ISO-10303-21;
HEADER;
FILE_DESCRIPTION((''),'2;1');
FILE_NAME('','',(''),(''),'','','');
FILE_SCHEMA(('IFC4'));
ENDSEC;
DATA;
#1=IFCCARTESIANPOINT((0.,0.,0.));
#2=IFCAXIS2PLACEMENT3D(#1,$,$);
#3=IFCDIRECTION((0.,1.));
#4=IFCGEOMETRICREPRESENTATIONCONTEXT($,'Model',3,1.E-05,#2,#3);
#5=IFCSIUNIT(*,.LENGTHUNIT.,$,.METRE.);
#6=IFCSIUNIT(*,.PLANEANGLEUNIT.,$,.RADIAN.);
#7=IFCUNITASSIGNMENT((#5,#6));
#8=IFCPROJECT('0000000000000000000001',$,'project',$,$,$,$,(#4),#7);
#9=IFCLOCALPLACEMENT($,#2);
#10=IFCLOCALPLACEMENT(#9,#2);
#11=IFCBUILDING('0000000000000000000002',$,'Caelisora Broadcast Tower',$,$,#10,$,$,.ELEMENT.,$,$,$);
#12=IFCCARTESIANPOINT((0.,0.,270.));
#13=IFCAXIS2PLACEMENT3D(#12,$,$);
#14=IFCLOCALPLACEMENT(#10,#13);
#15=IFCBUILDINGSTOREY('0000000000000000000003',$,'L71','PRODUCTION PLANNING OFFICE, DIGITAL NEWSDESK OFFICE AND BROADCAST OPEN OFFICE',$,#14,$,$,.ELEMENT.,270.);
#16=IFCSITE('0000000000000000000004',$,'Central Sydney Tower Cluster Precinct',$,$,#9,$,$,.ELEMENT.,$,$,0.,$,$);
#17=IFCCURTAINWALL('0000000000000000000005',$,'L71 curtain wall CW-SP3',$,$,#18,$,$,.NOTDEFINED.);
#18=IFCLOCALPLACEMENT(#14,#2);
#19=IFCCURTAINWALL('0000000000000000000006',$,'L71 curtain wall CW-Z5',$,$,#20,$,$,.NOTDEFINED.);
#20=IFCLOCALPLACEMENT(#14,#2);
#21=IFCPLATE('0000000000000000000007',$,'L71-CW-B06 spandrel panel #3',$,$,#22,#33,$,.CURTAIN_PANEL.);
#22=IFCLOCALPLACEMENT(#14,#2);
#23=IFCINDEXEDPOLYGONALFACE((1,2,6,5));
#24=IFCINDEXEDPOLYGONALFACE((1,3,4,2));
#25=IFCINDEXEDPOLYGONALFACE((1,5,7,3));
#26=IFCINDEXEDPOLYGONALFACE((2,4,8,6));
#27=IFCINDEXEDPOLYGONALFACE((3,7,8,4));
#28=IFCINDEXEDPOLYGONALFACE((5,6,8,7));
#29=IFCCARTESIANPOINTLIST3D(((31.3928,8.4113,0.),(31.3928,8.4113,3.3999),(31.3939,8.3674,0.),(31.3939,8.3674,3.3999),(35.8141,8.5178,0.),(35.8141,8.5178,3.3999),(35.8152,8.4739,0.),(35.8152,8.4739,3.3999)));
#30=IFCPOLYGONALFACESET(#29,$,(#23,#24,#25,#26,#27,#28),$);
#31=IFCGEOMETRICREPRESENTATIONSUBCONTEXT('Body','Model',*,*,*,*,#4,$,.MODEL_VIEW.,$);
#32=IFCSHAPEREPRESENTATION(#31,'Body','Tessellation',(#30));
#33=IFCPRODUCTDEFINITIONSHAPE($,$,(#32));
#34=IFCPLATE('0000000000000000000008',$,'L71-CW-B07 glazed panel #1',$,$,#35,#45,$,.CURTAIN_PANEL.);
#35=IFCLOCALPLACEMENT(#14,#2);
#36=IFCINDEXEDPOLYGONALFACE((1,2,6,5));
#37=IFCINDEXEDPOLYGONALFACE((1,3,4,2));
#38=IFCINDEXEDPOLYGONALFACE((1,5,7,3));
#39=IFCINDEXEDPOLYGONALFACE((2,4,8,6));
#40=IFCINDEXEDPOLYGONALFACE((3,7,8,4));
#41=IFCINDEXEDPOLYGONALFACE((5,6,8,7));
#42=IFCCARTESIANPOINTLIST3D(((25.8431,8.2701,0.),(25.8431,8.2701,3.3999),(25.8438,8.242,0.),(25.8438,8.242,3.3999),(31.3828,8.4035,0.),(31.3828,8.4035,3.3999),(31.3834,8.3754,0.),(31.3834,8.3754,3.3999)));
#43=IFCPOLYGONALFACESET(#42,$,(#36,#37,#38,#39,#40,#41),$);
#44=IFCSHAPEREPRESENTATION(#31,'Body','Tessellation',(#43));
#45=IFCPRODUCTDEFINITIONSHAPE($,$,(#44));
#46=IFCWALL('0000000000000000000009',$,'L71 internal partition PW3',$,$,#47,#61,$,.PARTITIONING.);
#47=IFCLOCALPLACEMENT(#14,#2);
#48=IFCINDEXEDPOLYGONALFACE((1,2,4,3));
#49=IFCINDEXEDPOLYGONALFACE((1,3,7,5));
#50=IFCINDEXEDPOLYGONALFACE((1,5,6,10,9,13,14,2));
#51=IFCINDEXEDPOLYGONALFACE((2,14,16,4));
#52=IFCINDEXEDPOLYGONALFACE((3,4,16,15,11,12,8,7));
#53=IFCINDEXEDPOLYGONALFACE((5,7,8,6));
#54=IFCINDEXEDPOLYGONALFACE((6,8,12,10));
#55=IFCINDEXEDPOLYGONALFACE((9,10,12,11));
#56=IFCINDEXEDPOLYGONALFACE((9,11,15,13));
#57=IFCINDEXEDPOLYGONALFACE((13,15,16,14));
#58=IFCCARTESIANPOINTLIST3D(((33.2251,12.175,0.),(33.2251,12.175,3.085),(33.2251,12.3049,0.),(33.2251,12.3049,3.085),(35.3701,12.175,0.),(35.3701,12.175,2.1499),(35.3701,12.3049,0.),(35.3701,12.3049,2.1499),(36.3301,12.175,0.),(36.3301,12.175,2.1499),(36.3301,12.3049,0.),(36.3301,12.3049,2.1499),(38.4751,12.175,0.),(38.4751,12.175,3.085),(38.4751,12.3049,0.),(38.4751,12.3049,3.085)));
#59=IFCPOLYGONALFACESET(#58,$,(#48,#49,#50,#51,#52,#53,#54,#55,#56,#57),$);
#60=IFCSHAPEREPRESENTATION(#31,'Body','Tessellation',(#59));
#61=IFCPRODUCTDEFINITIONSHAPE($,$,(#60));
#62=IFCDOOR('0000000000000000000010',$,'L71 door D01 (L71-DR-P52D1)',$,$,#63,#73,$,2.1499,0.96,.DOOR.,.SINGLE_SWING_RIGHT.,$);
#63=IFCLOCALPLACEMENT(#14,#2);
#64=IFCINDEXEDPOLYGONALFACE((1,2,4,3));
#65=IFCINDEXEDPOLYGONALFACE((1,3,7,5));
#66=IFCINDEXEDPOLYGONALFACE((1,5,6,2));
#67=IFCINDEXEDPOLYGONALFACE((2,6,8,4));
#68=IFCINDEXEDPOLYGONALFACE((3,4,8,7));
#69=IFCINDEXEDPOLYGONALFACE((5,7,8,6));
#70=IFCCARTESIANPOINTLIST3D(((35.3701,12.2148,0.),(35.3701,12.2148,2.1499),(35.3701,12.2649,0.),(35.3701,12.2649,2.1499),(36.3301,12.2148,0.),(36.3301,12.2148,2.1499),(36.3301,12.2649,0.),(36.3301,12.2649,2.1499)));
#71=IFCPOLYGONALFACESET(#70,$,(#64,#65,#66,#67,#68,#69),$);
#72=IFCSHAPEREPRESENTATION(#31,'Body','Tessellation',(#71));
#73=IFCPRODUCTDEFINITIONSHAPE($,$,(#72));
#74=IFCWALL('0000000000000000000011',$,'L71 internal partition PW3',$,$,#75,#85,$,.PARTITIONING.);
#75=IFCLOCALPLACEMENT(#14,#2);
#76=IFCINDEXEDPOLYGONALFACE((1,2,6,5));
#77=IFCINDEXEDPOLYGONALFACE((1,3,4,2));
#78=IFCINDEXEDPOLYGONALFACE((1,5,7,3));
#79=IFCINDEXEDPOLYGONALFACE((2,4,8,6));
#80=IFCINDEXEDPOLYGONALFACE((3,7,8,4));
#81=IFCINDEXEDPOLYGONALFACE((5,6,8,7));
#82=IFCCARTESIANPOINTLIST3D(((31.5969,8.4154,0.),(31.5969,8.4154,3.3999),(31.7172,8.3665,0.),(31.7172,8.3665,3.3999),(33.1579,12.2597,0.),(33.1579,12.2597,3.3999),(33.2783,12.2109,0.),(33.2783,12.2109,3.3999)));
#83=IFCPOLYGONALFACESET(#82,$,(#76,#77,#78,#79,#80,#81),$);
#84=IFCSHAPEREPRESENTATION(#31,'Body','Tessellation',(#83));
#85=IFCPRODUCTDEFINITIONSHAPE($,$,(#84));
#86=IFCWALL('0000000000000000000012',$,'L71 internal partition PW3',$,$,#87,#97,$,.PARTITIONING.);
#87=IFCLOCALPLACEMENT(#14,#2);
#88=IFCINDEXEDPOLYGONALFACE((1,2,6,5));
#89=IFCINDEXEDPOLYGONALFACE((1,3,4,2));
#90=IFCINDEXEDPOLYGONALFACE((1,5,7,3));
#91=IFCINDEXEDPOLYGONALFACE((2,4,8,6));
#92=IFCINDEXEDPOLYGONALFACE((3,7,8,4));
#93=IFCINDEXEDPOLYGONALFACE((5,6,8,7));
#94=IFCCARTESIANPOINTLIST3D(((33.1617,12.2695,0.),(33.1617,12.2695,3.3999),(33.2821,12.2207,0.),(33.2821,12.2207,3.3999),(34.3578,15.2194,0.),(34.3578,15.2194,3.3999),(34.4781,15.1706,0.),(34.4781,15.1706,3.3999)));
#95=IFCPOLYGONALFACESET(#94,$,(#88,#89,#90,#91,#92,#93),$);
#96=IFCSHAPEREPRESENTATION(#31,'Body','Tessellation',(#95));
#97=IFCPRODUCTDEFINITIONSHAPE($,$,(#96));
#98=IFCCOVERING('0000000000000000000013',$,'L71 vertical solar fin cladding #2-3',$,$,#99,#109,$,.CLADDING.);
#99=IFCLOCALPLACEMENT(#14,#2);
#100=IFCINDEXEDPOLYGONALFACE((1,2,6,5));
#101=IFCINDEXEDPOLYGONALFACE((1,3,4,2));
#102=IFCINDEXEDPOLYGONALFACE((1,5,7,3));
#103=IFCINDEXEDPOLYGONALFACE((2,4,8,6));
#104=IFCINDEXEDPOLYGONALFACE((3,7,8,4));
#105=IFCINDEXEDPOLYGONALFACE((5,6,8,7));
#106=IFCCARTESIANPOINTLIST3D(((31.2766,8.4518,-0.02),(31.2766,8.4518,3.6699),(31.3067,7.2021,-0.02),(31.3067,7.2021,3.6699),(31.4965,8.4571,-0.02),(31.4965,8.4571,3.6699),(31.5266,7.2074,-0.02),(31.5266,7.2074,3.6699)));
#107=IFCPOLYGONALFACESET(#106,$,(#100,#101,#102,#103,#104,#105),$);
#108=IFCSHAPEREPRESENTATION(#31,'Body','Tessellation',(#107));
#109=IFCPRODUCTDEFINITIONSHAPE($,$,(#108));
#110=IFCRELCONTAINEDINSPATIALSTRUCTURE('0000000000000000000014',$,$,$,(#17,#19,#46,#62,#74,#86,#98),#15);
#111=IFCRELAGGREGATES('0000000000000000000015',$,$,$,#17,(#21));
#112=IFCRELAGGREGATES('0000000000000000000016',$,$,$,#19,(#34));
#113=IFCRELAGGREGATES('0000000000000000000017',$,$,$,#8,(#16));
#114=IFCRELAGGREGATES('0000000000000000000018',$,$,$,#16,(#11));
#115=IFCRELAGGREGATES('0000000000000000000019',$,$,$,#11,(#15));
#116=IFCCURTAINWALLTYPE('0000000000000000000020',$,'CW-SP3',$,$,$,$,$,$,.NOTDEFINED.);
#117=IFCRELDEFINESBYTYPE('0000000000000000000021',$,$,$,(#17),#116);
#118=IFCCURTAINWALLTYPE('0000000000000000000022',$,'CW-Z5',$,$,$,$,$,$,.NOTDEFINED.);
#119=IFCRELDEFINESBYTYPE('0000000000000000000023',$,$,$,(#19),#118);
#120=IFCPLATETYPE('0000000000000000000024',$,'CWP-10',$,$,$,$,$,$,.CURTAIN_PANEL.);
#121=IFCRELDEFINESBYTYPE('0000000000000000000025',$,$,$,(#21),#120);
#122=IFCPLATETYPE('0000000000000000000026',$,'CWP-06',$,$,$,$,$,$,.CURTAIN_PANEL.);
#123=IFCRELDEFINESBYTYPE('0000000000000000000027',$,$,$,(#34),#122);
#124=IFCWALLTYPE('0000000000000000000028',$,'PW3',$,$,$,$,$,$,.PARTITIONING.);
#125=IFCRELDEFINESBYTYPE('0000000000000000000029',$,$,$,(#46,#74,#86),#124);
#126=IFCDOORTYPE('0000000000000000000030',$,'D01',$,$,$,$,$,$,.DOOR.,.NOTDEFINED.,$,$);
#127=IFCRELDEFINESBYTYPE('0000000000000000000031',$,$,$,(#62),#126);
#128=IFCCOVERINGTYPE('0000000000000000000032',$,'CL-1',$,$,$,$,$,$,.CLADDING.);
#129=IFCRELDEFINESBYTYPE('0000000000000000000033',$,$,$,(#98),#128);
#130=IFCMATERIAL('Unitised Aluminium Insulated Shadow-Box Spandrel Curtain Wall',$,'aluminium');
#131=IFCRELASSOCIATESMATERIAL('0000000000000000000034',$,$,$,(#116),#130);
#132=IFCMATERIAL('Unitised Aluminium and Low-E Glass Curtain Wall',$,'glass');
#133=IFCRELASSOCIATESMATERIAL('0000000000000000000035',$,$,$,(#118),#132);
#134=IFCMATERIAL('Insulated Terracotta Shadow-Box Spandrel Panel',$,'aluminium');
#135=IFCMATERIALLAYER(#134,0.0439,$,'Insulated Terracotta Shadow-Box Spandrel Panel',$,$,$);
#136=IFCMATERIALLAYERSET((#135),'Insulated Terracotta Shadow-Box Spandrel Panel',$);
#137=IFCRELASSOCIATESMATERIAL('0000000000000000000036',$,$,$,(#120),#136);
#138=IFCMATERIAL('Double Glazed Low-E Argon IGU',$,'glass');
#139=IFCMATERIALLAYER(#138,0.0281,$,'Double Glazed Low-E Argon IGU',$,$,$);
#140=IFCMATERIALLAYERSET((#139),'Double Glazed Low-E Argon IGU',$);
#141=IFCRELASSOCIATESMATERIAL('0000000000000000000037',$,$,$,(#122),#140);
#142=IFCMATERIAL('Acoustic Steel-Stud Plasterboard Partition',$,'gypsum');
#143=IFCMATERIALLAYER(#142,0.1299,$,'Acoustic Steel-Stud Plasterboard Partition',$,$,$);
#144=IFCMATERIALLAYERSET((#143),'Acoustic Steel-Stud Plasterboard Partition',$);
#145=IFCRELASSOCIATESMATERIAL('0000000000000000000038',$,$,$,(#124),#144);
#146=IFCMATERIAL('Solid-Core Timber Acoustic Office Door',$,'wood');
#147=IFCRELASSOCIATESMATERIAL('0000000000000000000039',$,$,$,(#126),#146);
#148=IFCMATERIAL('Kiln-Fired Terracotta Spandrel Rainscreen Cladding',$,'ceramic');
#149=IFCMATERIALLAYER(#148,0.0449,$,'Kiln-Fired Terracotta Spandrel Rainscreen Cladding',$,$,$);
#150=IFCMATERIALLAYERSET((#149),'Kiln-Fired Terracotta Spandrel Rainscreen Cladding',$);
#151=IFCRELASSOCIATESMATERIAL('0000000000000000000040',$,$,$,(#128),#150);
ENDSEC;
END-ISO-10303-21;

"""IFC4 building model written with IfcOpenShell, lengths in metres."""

from ifc_helpers import new_model, si_unit, direction, frame, frame_2d, origin, origin_2d, place, context, subcontext, project, spatial, rectangle, extrude, source, transform, mapped, material, layer, layer_set, type_object, type_shapes, element, fill, aggregate, save


model = new_model("IFC4")

# Units and contexts
model_context = context("Model", 3, precision=1e-05, world=origin(), true_north=direction((0.0, 1.0)))
body_context = subcontext(model_context, "Body", "Model", "MODEL_VIEW")
ifc_project = project(units=[si_unit("LENGTHUNIT", "METRE"), si_unit("PLANEANGLEUNIT", "RADIAN")], contexts=[model_context])

# Site, building, storey
site_placement = place(None, origin())
site = spatial("IfcSite", under=ifc_project, at=site_placement, Name="Central Sydney Tower Cluster Precinct", CompositionType="ELEMENT", RefElevation=0.0)
building_placement = place(site_placement, origin())
building = spatial("IfcBuilding", under=site, at=building_placement, Name="Caelisora Broadcast Tower", CompositionType="ELEMENT")
storey_placement = place(building_placement, frame((0.0, 0.0, 270.0)))
storey = spatial("IfcBuildingStorey", under=building, at=storey_placement, Name="L71", Description="PRODUCTION PLANNING OFFICE, DIGITAL NEWSDESK OFFICE AND BROADCAST OPEN OFFICE", CompositionType="ELEMENT", Elevation=270.0)

# Curtain walls
ifc_material_1 = material(Name="Unitised Aluminium Insulated Shadow-Box Spandrel Curtain Wall", Category="aluminium")
curtain_wall_type_1 = type_object("IfcCurtainWallType", Name="CW-SP3", PredefinedType="NOTDEFINED", material=ifc_material_1)
curtain_wall_1_placement = place(storey_placement, origin())
curtain_wall_1 = element("IfcCurtainWall", 1, at=curtain_wall_1_placement, inside=storey, type_object=curtain_wall_type_1, Name="L71 curtain wall CW-SP3", PredefinedType="NOTDEFINED")
ifc_material_2 = material(Name="Unitised Aluminium and Low-E Glass Curtain Wall", Category="glass")
curtain_wall_type_2 = type_object("IfcCurtainWallType", Name="CW-Z5", PredefinedType="NOTDEFINED", material=ifc_material_2)
curtain_wall_2_placement = place(storey_placement, origin())
curtain_wall_2 = element("IfcCurtainWall", 2, at=curtain_wall_2_placement, inside=storey, type_object=curtain_wall_type_2, Name="L71 curtain wall CW-Z5", PredefinedType="NOTDEFINED")

# Plates
ifc_material_3 = material(Name="Insulated Terracotta Shadow-Box Spandrel Panel", Category="aluminium")
ifc_layer_1 = layer(ifc_material_3, 0.0439, Name="Insulated Terracotta Shadow-Box Spandrel Panel")
ifc_layer_set_1 = layer_set([ifc_layer_1], Name="Insulated Terracotta Shadow-Box Spandrel Panel")
plate_type_1 = type_object("IfcPlateType", Name="CWP-10", PredefinedType="CURTAIN_PANEL", material=ifc_layer_set_1)
shared_shape_1 = source(origin(), body_context, "Body", "SweptSolid", [
    extrude(rectangle(XDim=4.4226, YDim=0.0439, at=origin_2d()), origin(), (0.0, 0.0, 1.0), 3.3999),
])
type_shapes(plate_type_1, [shared_shape_1])
plate_1_placement = place(storey_placement, frame((33.604, 8.4426, 0.0), z_axis=(0.0, 0.0, 1.0), x_axis=(-0.99971, -0.024083, 0.0)))
plate_1 = element("IfcPlate", 3, at=plate_1_placement, type_object=plate_type_1, Name="L71-CW-B06 spandrel panel #3", PredefinedType="CURTAIN_PANEL", context=body_context, shape_type="MappedRepresentation", body=[
    mapped(shared_shape_1, transform((0.0, 0.0, 0.0), scale=1.0)),
])
aggregate(curtain_wall_1, [plate_1])
ifc_material_4 = material(Name="Double Glazed Low-E Argon IGU", Category="glass")
ifc_layer_2 = layer(ifc_material_4, 0.0281, Name="Double Glazed Low-E Argon IGU")
ifc_layer_set_2 = layer_set([ifc_layer_2], Name="Double Glazed Low-E Argon IGU")
plate_type_2 = type_object("IfcPlateType", Name="CWP-06", PredefinedType="CURTAIN_PANEL", material=ifc_layer_set_2)
shared_shape_2 = source(origin(), body_context, "Body", "SweptSolid", [
    extrude(rectangle(XDim=5.5413, YDim=0.0281, at=origin_2d()), origin(), (0.0, 0.0, 1.0), 3.3999),
])
type_shapes(plate_type_2, [shared_shape_2])
plate_2_placement = place(storey_placement, frame((28.6133, 8.3228, 0.0), z_axis=(0.0, 0.0, 1.0), x_axis=(-0.99971, -0.024083, 0.0)))
plate_2 = element("IfcPlate", 4, at=plate_2_placement, type_object=plate_type_2, Name="L71-CW-B07 glazed panel #1", PredefinedType="CURTAIN_PANEL", context=body_context, shape_type="MappedRepresentation", body=[
    mapped(shared_shape_2, transform((0.0, 0.0, 0.0), scale=1.0)),
])
aggregate(curtain_wall_2, [plate_2])

# Wall, opening, door
ifc_material_5 = material(Name="Acoustic Steel-Stud Plasterboard Partition", Category="gypsum")
ifc_layer_3 = layer(ifc_material_5, 0.1299, Name="Acoustic Steel-Stud Plasterboard Partition")
ifc_layer_set_3 = layer_set([ifc_layer_3], Name="Acoustic Steel-Stud Plasterboard Partition")
wall_type = type_object("IfcWallType", Name="PW3", PredefinedType="PARTITIONING", material=ifc_layer_set_3)
wall_1_placement = place(storey_placement, frame((33.2251, 12.24, 0.0), z_axis=(0.0, 0.0, 1.0), x_axis=(1.0, 0.0, 0.0)))
wall_1 = element("IfcWall", 5, at=wall_1_placement, inside=storey, type_object=wall_type, Name="L71 internal partition PW3", PredefinedType="PARTITIONING", context=body_context, shape_type="SweptSolid", body=[
    extrude(rectangle(XDim=5.25, YDim=0.1299, at=frame_2d((2.625, 0.0))), origin(), (0.0, 0.0, 1.0), 3.085),
])
opening_placement = place(wall_1_placement, frame((2.145, 0.0, 0.0)))
opening = element("IfcOpeningElement", 6, at=opening_placement, cuts=wall_1, PredefinedType="OPENING", context=body_context, shape_type="SweptSolid", body=[
    extrude(rectangle(XDim=0.96, YDim=2.1499, at=frame_2d((0.48, 1.075))), frame((0.0, 0.0769, 0.0), z_axis=(0.0, -1.0, 0.0), x_axis=(1.0, 0.0, 0.0)), (0.0, 0.0, 1.0), 0.1538),
])
ifc_material_6 = material(Name="Solid-Core Timber Acoustic Office Door", Category="wood")
door_type = type_object("IfcDoorType", Name="D01", OperationType="NOTDEFINED", PredefinedType="DOOR", material=ifc_material_6)
door_placement = place(opening_placement, origin())
door = element("IfcDoor", 7, at=door_placement, inside=storey, type_object=door_type, Name="L71 door D01 (L71-DR-P52D1)", OperationType="SINGLE_SWING_RIGHT", OverallHeight=2.1499, OverallWidth=0.96, PredefinedType="DOOR", context=body_context, shape_type="SweptSolid", body=[
    extrude(rectangle(XDim=0.96, YDim=2.1499, at=frame_2d((0.48, 1.075))), frame((0.0, 0.0249, 0.0), z_axis=(0.0, -1.0, 0.0), x_axis=(1.0, 0.0, 0.0)), (0.0, 0.0, 1.0), 0.05),
])
fill(opening, door)

# Walls
wall_2_placement = place(storey_placement, frame((31.657, 8.3909, 0.0), z_axis=(0.0, 0.0, 1.0), x_axis=(0.376235, 0.926524, 0.0)))
element("IfcWall", 8, at=wall_2_placement, inside=storey, type_object=wall_type, Name="L71 internal partition PW3", PredefinedType="PARTITIONING", context=body_context, shape_type="SweptSolid", body=[
    extrude(rectangle(XDim=4.1492, YDim=0.1299, at=frame_2d((2.0747, 0.0))), origin(), (0.0, 0.0, 1.0), 3.3999),
])
wall_3_placement = place(storey_placement, frame((33.2219, 12.2451, 0.0), z_axis=(0.0, 0.0, 1.0), x_axis=(0.375737, 0.926726, 0.0)))
element("IfcWall", 9, at=wall_3_placement, inside=storey, type_object=wall_type, Name="L71 internal partition PW3", PredefinedType="PARTITIONING", context=body_context, shape_type="SweptSolid", body=[
    extrude(rectangle(XDim=3.1831, YDim=0.1299, at=frame_2d((1.5916, 0.0))), origin(), (0.0, 0.0, 1.0), 3.3999),
])

# Covering
ifc_material_7 = material(Name="Kiln-Fired Terracotta Spandrel Rainscreen Cladding", Category="ceramic")
ifc_layer_4 = layer(ifc_material_7, 0.0449, Name="Kiln-Fired Terracotta Spandrel Rainscreen Cladding")
ifc_layer_set_4 = layer_set([ifc_layer_4], Name="Kiln-Fired Terracotta Spandrel Rainscreen Cladding")
covering_type = type_object("IfcCoveringType", Name="CL-1", PredefinedType="CLADDING", material=ifc_layer_set_4)
shared_shape_3 = source(origin(), body_context, "Body", "SweptSolid", [
    extrude(rectangle(XDim=0.22, YDim=1.25, at=origin_2d()), origin(), (0.0, 0.0, 1.0), 3.6899),
])
type_shapes(covering_type, [shared_shape_3])
covering_placement = place(storey_placement, frame((31.4016, 7.8296, -0.02), z_axis=(0.0, 0.0, 1.0), x_axis=(-0.99971, -0.024083, 0.0)))
element("IfcCovering", 10, at=covering_placement, inside=storey, type_object=covering_type, Name="L71 vertical solar fin cladding #2-3", PredefinedType="CLADDING", context=body_context, shape_type="MappedRepresentation", body=[
    mapped(shared_shape_3, transform((0.0, 0.0, 0.0), scale=1.0)),
])

save(model, "model.ifc")
